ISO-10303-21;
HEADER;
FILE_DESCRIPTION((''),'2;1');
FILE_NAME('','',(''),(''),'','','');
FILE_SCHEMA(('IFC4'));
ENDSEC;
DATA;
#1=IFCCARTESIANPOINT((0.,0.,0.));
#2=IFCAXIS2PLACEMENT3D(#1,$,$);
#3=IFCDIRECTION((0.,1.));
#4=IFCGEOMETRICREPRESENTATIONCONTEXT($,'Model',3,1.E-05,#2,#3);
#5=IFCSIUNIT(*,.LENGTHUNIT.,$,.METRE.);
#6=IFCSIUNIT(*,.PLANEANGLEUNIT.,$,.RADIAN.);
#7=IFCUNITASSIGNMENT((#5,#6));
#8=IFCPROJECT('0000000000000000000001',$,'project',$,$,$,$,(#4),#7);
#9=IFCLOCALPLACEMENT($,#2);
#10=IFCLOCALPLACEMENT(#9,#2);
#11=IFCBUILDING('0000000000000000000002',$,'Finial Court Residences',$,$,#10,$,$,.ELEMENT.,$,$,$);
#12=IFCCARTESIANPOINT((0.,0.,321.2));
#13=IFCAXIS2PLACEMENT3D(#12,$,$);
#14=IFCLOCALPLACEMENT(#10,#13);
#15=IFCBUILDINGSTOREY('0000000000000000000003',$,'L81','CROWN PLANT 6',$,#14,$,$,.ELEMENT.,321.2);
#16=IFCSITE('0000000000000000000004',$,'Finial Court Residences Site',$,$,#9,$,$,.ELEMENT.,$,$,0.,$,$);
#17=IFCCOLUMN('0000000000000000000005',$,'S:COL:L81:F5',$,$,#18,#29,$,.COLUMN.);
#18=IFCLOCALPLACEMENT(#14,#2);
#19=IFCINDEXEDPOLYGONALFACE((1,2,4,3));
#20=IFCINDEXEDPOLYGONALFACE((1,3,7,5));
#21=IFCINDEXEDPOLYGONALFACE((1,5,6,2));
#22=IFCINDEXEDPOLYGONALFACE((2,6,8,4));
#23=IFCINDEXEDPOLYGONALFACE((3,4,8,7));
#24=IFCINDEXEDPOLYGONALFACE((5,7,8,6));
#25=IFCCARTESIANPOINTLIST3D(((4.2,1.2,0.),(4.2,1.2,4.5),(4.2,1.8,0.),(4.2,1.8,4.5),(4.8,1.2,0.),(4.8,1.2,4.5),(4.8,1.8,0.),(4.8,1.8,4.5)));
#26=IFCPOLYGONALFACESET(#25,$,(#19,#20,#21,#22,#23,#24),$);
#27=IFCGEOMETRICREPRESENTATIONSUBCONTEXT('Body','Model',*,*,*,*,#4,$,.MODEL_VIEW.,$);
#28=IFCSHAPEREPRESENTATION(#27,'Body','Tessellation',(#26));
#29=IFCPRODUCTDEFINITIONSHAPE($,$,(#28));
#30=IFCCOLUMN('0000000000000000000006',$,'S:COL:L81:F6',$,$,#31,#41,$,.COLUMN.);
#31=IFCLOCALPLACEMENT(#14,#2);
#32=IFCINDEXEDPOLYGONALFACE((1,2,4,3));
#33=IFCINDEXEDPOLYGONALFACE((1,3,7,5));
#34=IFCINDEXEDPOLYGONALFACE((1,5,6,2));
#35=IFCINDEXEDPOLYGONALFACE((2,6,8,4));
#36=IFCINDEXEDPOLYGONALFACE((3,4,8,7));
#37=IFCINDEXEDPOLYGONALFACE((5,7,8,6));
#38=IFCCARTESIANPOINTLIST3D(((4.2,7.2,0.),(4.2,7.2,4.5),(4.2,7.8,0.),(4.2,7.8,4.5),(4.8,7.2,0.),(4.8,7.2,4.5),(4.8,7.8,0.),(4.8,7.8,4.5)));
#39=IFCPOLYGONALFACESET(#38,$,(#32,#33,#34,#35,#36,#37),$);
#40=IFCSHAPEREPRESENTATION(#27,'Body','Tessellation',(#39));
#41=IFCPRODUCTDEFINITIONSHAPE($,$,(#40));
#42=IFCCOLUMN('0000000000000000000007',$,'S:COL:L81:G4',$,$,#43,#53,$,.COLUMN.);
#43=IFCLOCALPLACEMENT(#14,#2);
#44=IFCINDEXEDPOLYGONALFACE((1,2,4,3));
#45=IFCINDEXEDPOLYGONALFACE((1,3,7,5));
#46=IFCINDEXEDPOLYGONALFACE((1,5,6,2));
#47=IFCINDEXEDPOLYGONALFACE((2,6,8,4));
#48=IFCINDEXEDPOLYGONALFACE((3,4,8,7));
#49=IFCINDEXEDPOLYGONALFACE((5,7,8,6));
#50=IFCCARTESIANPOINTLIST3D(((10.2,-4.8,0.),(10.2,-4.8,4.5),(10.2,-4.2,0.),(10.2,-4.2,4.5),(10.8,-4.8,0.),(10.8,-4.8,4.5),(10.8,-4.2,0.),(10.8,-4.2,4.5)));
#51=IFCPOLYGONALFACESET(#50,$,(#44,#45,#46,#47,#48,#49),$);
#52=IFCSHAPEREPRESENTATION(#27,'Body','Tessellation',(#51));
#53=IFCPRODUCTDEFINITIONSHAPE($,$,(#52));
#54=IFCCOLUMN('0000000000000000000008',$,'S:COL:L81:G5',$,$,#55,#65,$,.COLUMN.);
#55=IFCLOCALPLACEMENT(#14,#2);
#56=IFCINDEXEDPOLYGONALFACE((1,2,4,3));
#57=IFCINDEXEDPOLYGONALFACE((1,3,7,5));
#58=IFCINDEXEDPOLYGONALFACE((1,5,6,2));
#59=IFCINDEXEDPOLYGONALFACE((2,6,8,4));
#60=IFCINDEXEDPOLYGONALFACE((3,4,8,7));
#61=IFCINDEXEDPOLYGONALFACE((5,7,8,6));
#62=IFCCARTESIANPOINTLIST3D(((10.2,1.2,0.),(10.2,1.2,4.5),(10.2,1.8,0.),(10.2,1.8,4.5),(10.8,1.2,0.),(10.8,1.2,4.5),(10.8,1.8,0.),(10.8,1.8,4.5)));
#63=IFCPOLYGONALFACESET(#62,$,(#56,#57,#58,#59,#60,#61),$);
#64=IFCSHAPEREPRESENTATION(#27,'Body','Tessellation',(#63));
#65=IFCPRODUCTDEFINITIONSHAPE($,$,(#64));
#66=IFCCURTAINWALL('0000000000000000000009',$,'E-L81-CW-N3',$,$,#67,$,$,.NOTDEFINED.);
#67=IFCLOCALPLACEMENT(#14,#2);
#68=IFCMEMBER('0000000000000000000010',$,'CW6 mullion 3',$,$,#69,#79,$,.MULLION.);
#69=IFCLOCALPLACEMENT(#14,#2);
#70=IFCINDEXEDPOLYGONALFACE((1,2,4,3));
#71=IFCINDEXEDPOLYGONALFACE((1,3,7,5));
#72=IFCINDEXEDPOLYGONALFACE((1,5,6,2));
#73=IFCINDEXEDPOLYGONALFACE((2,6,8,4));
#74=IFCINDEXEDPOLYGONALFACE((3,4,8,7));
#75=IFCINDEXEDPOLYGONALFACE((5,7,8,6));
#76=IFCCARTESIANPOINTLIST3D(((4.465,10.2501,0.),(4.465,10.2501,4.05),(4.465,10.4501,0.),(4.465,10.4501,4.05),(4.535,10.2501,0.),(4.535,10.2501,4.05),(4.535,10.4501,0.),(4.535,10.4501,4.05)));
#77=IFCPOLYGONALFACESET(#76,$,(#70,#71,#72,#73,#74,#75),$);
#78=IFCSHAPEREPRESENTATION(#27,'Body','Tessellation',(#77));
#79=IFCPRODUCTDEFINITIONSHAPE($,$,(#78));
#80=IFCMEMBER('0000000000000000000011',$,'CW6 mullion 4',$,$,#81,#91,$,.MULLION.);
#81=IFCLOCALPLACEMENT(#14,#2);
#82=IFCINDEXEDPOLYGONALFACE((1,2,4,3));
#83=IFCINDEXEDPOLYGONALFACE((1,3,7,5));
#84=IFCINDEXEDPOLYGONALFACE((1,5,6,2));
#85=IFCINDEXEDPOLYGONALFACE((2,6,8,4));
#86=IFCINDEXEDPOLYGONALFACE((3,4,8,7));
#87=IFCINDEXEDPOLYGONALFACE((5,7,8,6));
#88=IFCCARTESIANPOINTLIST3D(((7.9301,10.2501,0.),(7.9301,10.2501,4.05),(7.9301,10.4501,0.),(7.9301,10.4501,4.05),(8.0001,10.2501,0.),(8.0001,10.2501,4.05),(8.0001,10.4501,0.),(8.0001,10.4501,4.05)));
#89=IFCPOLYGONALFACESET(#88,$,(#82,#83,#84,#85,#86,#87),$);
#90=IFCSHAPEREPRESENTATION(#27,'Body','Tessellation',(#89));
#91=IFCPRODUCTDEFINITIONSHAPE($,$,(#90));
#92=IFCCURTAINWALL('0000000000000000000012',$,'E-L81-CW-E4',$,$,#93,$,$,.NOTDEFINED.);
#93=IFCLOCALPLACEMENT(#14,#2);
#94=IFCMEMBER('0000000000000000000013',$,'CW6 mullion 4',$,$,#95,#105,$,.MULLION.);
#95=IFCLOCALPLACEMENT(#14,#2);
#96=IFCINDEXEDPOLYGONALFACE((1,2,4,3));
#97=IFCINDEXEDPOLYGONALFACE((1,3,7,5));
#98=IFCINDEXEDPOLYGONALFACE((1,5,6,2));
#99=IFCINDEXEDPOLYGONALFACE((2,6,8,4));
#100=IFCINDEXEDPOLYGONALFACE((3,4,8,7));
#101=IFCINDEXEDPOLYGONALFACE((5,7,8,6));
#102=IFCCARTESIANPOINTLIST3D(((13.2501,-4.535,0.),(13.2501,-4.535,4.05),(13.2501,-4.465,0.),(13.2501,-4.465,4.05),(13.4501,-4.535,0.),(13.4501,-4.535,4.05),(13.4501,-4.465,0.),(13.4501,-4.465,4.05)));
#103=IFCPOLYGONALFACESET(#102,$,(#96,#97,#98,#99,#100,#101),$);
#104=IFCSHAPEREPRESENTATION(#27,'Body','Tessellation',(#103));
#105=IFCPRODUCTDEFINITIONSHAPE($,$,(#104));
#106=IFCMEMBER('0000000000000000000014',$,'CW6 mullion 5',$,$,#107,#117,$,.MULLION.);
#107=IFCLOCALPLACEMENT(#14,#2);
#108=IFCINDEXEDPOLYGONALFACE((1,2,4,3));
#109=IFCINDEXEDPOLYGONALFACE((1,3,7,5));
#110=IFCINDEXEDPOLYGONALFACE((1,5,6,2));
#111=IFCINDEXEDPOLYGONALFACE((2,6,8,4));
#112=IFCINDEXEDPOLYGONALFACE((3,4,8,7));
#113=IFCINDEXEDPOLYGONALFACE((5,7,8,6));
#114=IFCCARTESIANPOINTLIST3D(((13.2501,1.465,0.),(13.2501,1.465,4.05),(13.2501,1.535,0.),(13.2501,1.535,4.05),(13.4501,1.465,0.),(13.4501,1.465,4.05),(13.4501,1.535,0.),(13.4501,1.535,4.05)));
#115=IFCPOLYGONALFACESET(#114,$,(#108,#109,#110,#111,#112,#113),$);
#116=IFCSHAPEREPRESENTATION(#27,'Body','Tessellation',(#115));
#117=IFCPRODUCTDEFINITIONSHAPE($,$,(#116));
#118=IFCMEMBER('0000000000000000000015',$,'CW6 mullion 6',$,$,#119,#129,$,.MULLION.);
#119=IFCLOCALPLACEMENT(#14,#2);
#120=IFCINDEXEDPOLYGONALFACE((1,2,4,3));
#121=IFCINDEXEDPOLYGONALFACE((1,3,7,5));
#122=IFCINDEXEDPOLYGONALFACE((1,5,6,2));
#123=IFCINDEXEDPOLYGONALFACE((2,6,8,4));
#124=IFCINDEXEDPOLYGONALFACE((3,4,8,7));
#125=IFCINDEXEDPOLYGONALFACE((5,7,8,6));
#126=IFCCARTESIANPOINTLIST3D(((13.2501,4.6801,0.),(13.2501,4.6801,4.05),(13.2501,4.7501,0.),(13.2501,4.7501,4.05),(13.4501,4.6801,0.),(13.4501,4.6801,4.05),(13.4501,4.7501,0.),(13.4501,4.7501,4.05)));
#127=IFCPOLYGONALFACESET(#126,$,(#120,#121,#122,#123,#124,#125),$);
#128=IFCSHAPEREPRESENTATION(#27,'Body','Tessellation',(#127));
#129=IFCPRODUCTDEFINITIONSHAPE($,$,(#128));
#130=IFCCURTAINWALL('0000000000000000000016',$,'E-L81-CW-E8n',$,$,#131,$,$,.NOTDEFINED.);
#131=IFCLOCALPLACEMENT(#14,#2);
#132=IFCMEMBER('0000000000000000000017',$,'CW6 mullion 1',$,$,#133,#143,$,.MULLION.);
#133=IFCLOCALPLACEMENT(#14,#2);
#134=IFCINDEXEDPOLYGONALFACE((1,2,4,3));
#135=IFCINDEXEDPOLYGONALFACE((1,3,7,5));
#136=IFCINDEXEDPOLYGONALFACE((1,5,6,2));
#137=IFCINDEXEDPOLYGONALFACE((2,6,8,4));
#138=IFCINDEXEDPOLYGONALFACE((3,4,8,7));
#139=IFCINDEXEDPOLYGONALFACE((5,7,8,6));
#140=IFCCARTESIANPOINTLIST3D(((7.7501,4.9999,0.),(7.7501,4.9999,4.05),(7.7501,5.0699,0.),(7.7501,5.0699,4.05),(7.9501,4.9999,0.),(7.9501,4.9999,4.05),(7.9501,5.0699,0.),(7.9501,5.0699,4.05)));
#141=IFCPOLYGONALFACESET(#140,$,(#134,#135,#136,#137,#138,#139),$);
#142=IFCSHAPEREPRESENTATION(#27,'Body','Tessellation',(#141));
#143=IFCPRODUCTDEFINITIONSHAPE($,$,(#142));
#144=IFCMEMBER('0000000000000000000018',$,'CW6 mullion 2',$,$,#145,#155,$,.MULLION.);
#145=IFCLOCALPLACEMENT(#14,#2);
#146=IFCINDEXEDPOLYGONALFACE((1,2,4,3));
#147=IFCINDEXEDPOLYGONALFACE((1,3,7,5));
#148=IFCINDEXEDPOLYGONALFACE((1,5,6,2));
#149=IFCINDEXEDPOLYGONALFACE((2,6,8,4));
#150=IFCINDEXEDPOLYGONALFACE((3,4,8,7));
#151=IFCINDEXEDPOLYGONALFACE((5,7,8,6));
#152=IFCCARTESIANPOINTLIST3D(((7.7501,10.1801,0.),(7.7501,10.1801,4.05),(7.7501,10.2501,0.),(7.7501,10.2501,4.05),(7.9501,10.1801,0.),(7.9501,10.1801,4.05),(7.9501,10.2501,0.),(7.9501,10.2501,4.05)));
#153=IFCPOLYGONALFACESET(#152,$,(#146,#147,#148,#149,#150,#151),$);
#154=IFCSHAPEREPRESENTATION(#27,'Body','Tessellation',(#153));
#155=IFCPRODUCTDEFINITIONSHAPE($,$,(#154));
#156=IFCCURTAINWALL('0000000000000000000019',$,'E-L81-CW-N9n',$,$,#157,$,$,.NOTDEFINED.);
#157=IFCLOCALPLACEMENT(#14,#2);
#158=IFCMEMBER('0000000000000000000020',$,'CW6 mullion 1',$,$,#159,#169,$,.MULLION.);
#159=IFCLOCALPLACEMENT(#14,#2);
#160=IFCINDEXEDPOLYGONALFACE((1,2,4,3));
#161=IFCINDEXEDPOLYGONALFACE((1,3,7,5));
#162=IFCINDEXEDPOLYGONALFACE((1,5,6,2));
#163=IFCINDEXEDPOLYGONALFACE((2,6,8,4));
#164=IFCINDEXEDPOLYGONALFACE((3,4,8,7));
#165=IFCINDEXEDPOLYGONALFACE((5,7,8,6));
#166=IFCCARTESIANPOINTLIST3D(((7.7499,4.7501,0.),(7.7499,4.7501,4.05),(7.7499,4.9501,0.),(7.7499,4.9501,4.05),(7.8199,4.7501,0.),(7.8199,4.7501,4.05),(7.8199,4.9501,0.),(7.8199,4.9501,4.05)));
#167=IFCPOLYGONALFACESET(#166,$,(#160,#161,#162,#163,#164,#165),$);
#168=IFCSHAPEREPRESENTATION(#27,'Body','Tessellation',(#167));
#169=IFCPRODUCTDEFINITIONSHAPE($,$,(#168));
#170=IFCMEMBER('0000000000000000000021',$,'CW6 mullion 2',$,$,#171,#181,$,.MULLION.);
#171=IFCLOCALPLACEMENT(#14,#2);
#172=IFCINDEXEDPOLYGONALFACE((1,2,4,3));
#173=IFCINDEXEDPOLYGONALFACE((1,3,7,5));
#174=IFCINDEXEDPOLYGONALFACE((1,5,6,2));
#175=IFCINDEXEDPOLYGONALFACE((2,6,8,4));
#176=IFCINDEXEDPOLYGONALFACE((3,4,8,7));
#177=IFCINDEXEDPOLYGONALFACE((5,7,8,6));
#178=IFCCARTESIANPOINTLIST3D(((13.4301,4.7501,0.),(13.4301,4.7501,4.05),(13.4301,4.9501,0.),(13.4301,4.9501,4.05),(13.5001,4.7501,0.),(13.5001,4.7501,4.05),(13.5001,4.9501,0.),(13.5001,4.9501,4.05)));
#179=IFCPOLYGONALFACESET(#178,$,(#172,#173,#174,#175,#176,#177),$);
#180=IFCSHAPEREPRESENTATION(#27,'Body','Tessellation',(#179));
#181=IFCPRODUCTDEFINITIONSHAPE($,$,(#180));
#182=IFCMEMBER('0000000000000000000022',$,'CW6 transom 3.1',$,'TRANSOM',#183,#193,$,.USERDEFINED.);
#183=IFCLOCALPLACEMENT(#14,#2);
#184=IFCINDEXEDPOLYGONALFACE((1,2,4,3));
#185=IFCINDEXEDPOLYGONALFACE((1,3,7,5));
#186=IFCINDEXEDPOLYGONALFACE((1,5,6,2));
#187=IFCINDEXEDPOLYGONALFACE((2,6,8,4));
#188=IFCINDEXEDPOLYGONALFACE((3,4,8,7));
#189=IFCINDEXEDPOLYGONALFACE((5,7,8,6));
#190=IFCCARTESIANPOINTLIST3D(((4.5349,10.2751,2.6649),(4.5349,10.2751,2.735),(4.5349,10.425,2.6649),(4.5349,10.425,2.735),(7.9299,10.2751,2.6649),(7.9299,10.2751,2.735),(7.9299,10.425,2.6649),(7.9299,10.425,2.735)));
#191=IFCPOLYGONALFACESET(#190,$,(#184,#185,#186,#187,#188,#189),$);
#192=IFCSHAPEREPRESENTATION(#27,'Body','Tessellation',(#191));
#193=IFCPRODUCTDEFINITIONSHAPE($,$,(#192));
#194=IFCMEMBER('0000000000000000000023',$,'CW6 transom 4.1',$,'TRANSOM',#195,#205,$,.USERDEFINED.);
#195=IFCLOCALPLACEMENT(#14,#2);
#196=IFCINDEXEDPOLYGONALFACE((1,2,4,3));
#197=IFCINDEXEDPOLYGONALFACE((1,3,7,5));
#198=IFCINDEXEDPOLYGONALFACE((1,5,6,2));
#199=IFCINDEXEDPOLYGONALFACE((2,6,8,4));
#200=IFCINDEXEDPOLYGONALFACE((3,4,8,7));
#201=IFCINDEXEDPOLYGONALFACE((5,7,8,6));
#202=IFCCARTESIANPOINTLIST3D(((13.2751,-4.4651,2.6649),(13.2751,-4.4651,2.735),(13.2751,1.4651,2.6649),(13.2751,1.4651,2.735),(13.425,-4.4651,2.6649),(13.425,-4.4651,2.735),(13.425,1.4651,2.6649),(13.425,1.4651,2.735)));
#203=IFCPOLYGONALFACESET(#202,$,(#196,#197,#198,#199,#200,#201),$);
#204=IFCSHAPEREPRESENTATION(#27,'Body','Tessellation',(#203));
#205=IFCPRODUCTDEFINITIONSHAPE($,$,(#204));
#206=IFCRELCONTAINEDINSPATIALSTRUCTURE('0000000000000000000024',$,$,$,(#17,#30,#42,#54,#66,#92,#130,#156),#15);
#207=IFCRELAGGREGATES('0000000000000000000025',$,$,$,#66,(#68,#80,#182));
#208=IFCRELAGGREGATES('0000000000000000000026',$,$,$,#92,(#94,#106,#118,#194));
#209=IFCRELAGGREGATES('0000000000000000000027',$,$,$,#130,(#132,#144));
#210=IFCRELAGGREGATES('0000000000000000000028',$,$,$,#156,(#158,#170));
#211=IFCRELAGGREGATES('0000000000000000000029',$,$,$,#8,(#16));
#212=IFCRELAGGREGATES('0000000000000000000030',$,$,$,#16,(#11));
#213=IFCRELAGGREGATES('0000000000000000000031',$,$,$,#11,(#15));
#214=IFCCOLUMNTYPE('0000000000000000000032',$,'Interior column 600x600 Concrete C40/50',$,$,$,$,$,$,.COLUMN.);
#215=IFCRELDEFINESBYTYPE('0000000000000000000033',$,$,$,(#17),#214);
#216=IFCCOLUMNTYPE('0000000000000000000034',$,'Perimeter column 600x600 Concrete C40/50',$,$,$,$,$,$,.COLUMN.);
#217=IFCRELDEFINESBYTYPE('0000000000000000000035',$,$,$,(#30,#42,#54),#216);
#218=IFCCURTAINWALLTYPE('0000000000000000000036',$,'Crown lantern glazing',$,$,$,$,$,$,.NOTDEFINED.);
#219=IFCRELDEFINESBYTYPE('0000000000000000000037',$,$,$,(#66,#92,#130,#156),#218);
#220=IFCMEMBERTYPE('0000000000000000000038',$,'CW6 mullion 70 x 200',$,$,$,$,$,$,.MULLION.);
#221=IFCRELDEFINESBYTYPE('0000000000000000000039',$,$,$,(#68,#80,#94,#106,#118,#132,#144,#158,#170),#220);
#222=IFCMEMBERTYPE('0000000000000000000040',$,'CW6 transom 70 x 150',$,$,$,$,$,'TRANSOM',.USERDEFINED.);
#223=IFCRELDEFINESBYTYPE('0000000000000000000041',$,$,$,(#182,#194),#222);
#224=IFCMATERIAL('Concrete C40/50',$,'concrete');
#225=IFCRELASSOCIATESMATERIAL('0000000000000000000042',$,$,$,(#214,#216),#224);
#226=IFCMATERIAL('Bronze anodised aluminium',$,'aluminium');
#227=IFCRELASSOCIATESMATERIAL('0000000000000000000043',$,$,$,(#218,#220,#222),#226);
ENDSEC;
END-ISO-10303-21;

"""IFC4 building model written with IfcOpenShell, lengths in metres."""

from ifc_helpers import new_model, si_unit, direction, frame, origin, origin_2d, place, context, subcontext, project, spatial, rectangle, extrude, material, material_profile, profile_set, type_object, element, aggregate, save


model = new_model("IFC4")

# Units and contexts
model_context = context("Model", 3, precision=1e-05, world=origin(), true_north=direction((0.0, 1.0)))
body_context = subcontext(model_context, "Body", "Model", "MODEL_VIEW")
ifc_project = project(units=[si_unit("LENGTHUNIT", "METRE"), si_unit("PLANEANGLEUNIT", "RADIAN")], contexts=[model_context])

# Site, building, storey
site_placement = place(None, origin())
site = spatial("IfcSite", under=ifc_project, at=site_placement, Name="Finial Court Residences Site", CompositionType="ELEMENT", RefElevation=0.0)
building_placement = place(site_placement, origin())
building = spatial("IfcBuilding", under=site, at=building_placement, Name="Finial Court Residences", CompositionType="ELEMENT")
storey_placement = place(building_placement, frame((0.0, 0.0, 321.2)))
storey = spatial("IfcBuildingStorey", under=building, at=storey_placement, Name="L81", Description="CROWN PLANT 6", CompositionType="ELEMENT", Elevation=321.2)

# Columns
ifc_material_1 = material(Name="Concrete C40/50", Category="concrete")
ifc_material_profile_1 = material_profile(ifc_material_1, rectangle(XDim=0.6001, YDim=0.6001, at=origin_2d()), Name="600x600")
ifc_profile_set_1 = profile_set([ifc_material_profile_1], Name="Concrete C40/50")
column_type_1 = type_object("IfcColumnType", Name="Interior column 600x600 Concrete C40/50", PredefinedType="COLUMN", material=ifc_profile_set_1)
column_placement = place(storey_placement, frame((4.5, 1.5, 0.0), z_axis=(0.0, 0.0, 1.0), x_axis=(1.0, 0.0, 0.0)))
element("IfcColumn", 1, at=column_placement, inside=storey, type_object=column_type_1, Name="S:COL:L81:F5", PredefinedType="COLUMN", context=body_context, shape_type="SweptSolid", body=[
    extrude(rectangle(XDim=0.6001, YDim=0.6001, at=origin_2d()), origin(), (0.0, 0.0, 1.0), 4.5),
])
ifc_material_profile_2 = material_profile(ifc_material_1, rectangle(XDim=0.6001, YDim=0.6001, at=origin_2d()), Name="600x600")
ifc_profile_set_2 = profile_set([ifc_material_profile_2], Name="Concrete C40/50")
column_type_2 = type_object("IfcColumnType", Name="Perimeter column 600x600 Concrete C40/50", PredefinedType="COLUMN", material=ifc_profile_set_2)
for number, where, z_axis, x_axis, name in (
    (2, (4.5, 7.5, 0.0), (0.0, 0.0, 1.0), (1.0, 0.0, 0.0), "S:COL:L81:F6"),
    (3, (10.5, -4.5, 0.0), (0.0, 0.0, 1.0), (1.0, 0.0, 0.0), "S:COL:L81:G4"),
    (4, (10.5, 1.5, 0.0), (0.0, 0.0, 1.0), (1.0, 0.0, 0.0), "S:COL:L81:G5"),
):
    element("IfcColumn", number, at=place(storey_placement, frame(where, z_axis=z_axis, x_axis=x_axis)), inside=storey, type_object=column_type_2, Name=name, PredefinedType="COLUMN", context=body_context, shape_type="SweptSolid", body=[
        extrude(rectangle(XDim=0.6001, YDim=0.6001, at=origin_2d()), origin(), (0.0, 0.0, 1.0), 4.5),
    ])

# Curtain walls, members
ifc_material_2 = material(Name="Bronze anodised aluminium", Category="aluminium")
curtain_wall_type = type_object("IfcCurtainWallType", Name="Crown lantern glazing", PredefinedType="NOTDEFINED", material=ifc_material_2)
curtain_wall_1_placement = place(storey_placement, origin())
curtain_wall_1 = element("IfcCurtainWall", 5, at=curtain_wall_1_placement, inside=storey, type_object=curtain_wall_type, Name="E-L81-CW-N3", PredefinedType="NOTDEFINED")
ifc_material_profile_3 = material_profile(ifc_material_2, rectangle(XDim=0.2, YDim=0.0701, at=origin_2d()), Name="CW6 mullion 70 x 200")
ifc_profile_set_3 = profile_set([ifc_material_profile_3], Name="Bronze anodised aluminium")
member_type_1 = type_object("IfcMemberType", Name="CW6 mullion 70 x 200", PredefinedType="MULLION", material=ifc_profile_set_3)
member_1_placement = place(storey_placement, frame((4.5, 10.3501, 0.0), z_axis=(0.0, 0.0, 1.0), x_axis=(0.0, 1.0, 0.0)))
member_1 = element("IfcMember", 6, at=member_1_placement, type_object=member_type_1, Name="CW6 mullion 3", PredefinedType="MULLION", context=body_context, shape_type="SweptSolid", body=[
    extrude(rectangle(XDim=0.2, YDim=0.0701, at=origin_2d()), origin(), (0.0, 0.0, 1.0), 4.05),
])
member_2_placement = place(storey_placement, frame((7.9651, 10.3501, 0.0), z_axis=(0.0, 0.0, 1.0), x_axis=(0.0, 1.0, 0.0)))
member_2 = element("IfcMember", 7, at=member_2_placement, type_object=member_type_1, Name="CW6 mullion 4", PredefinedType="MULLION", context=body_context, shape_type="SweptSolid", body=[
    extrude(rectangle(XDim=0.2, YDim=0.0701, at=origin_2d()), origin(), (0.0, 0.0, 1.0), 4.05),
])
curtain_wall_2_placement = place(storey_placement, origin())
curtain_wall_2 = element("IfcCurtainWall", 8, at=curtain_wall_2_placement, inside=storey, type_object=curtain_wall_type, Name="E-L81-CW-E4", PredefinedType="NOTDEFINED")
member_3_placement = place(storey_placement, frame((13.3501, -4.5, 0.0), z_axis=(0.0, 0.0, 1.0), x_axis=(-1.0, 0.0, 0.0)))
member_3 = element("IfcMember", 9, at=member_3_placement, type_object=member_type_1, Name="CW6 mullion 4", PredefinedType="MULLION", context=body_context, shape_type="SweptSolid", body=[
    extrude(rectangle(XDim=0.2, YDim=0.0701, at=origin_2d()), origin(), (0.0, 0.0, 1.0), 4.05),
])
member_4_placement = place(storey_placement, frame((13.3501, 1.5, 0.0), z_axis=(0.0, 0.0, 1.0), x_axis=(-1.0, 0.0, 0.0)))
member_4 = element("IfcMember", 10, at=member_4_placement, type_object=member_type_1, Name="CW6 mullion 5", PredefinedType="MULLION", context=body_context, shape_type="SweptSolid", body=[
    extrude(rectangle(XDim=0.2, YDim=0.0701, at=origin_2d()), origin(), (0.0, 0.0, 1.0), 4.05),
])
member_5_placement = place(storey_placement, frame((13.3501, 4.7151, 0.0), z_axis=(0.0, 0.0, 1.0), x_axis=(-1.0, 0.0, 0.0)))
member_5 = element("IfcMember", 11, at=member_5_placement, type_object=member_type_1, Name="CW6 mullion 6", PredefinedType="MULLION", context=body_context, shape_type="SweptSolid", body=[
    extrude(rectangle(XDim=0.2, YDim=0.0701, at=origin_2d()), origin(), (0.0, 0.0, 1.0), 4.05),
])
curtain_wall_3_placement = place(storey_placement, origin())
curtain_wall_3 = element("IfcCurtainWall", 12, at=curtain_wall_3_placement, inside=storey, type_object=curtain_wall_type, Name="E-L81-CW-E8n", PredefinedType="NOTDEFINED")
member_6_placement = place(storey_placement, frame((7.8501, 5.0349, 0.0), z_axis=(0.0, 0.0, 1.0), x_axis=(-1.0, 0.0, 0.0)))
member_6 = element("IfcMember", 13, at=member_6_placement, type_object=member_type_1, Name="CW6 mullion 1", PredefinedType="MULLION", context=body_context, shape_type="SweptSolid", body=[
    extrude(rectangle(XDim=0.2, YDim=0.0701, at=origin_2d()), origin(), (0.0, 0.0, 1.0), 4.05),
])
member_7_placement = place(storey_placement, frame((7.8501, 10.2151, 0.0), z_axis=(0.0, 0.0, 1.0), x_axis=(-1.0, 0.0, 0.0)))
member_7 = element("IfcMember", 14, at=member_7_placement, type_object=member_type_1, Name="CW6 mullion 2", PredefinedType="MULLION", context=body_context, shape_type="SweptSolid", body=[
    extrude(rectangle(XDim=0.2, YDim=0.0701, at=origin_2d()), origin(), (0.0, 0.0, 1.0), 4.05),
])
curtain_wall_4_placement = place(storey_placement, origin())
curtain_wall_4 = element("IfcCurtainWall", 15, at=curtain_wall_4_placement, inside=storey, type_object=curtain_wall_type, Name="E-L81-CW-N9n", PredefinedType="NOTDEFINED")
member_8_placement = place(storey_placement, frame((7.7849, 4.8501, 0.0), z_axis=(0.0, 0.0, 1.0), x_axis=(0.0, 1.0, 0.0)))
member_8 = element("IfcMember", 16, at=member_8_placement, type_object=member_type_1, Name="CW6 mullion 1", PredefinedType="MULLION", context=body_context, shape_type="SweptSolid", body=[
    extrude(rectangle(XDim=0.2, YDim=0.0701, at=origin_2d()), origin(), (0.0, 0.0, 1.0), 4.05),
])
member_9_placement = place(storey_placement, frame((13.4651, 4.8501, 0.0), z_axis=(0.0, 0.0, 1.0), x_axis=(0.0, 1.0, 0.0)))
member_9 = element("IfcMember", 17, at=member_9_placement, type_object=member_type_1, Name="CW6 mullion 2", PredefinedType="MULLION", context=body_context, shape_type="SweptSolid", body=[
    extrude(rectangle(XDim=0.2, YDim=0.0701, at=origin_2d()), origin(), (0.0, 0.0, 1.0), 4.05),
])

# Members
ifc_material_profile_4 = material_profile(ifc_material_2, rectangle(XDim=0.1499, YDim=0.0701, at=origin_2d()), Name="CW6 transom 70 x 150")
ifc_profile_set_4 = profile_set([ifc_material_profile_4], Name="Bronze anodised aluminium")
member_type_2 = type_object("IfcMemberType", Name="CW6 transom 70 x 150", ElementType="TRANSOM", PredefinedType="USERDEFINED", material=ifc_profile_set_4)
member_10_placement = place(storey_placement, frame((4.5349, 10.3501, 2.7), z_axis=(1.0, 0.0, 0.0), x_axis=(0.0, 1.0, 0.0)))
member_10 = element("IfcMember", 18, at=member_10_placement, type_object=member_type_2, Name="CW6 transom 3.1", ObjectType="TRANSOM", PredefinedType="USERDEFINED", context=body_context, shape_type="SweptSolid", body=[
    extrude(rectangle(XDim=0.1499, YDim=0.0701, at=origin_2d()), origin(), (0.0, 0.0, 1.0), 3.395),
])
member_11_placement = place(storey_placement, frame((13.3501, -4.4651, 2.7), z_axis=(0.0, 1.0, 0.0), x_axis=(-1.0, 0.0, 0.0)))
member_11 = element("IfcMember", 19, at=member_11_placement, type_object=member_type_2, Name="CW6 transom 4.1", ObjectType="TRANSOM", PredefinedType="USERDEFINED", context=body_context, shape_type="SweptSolid", body=[
    extrude(rectangle(XDim=0.1499, YDim=0.0701, at=origin_2d()), origin(), (0.0, 0.0, 1.0), 5.9302),
])

aggregate(curtain_wall_1, [member_1, member_2, member_10])
aggregate(curtain_wall_2, [member_3, member_4, member_5, member_11])
aggregate(curtain_wall_3, [member_6, member_7])
aggregate(curtain_wall_4, [member_8, member_9])

save(model, "model.ifc")
